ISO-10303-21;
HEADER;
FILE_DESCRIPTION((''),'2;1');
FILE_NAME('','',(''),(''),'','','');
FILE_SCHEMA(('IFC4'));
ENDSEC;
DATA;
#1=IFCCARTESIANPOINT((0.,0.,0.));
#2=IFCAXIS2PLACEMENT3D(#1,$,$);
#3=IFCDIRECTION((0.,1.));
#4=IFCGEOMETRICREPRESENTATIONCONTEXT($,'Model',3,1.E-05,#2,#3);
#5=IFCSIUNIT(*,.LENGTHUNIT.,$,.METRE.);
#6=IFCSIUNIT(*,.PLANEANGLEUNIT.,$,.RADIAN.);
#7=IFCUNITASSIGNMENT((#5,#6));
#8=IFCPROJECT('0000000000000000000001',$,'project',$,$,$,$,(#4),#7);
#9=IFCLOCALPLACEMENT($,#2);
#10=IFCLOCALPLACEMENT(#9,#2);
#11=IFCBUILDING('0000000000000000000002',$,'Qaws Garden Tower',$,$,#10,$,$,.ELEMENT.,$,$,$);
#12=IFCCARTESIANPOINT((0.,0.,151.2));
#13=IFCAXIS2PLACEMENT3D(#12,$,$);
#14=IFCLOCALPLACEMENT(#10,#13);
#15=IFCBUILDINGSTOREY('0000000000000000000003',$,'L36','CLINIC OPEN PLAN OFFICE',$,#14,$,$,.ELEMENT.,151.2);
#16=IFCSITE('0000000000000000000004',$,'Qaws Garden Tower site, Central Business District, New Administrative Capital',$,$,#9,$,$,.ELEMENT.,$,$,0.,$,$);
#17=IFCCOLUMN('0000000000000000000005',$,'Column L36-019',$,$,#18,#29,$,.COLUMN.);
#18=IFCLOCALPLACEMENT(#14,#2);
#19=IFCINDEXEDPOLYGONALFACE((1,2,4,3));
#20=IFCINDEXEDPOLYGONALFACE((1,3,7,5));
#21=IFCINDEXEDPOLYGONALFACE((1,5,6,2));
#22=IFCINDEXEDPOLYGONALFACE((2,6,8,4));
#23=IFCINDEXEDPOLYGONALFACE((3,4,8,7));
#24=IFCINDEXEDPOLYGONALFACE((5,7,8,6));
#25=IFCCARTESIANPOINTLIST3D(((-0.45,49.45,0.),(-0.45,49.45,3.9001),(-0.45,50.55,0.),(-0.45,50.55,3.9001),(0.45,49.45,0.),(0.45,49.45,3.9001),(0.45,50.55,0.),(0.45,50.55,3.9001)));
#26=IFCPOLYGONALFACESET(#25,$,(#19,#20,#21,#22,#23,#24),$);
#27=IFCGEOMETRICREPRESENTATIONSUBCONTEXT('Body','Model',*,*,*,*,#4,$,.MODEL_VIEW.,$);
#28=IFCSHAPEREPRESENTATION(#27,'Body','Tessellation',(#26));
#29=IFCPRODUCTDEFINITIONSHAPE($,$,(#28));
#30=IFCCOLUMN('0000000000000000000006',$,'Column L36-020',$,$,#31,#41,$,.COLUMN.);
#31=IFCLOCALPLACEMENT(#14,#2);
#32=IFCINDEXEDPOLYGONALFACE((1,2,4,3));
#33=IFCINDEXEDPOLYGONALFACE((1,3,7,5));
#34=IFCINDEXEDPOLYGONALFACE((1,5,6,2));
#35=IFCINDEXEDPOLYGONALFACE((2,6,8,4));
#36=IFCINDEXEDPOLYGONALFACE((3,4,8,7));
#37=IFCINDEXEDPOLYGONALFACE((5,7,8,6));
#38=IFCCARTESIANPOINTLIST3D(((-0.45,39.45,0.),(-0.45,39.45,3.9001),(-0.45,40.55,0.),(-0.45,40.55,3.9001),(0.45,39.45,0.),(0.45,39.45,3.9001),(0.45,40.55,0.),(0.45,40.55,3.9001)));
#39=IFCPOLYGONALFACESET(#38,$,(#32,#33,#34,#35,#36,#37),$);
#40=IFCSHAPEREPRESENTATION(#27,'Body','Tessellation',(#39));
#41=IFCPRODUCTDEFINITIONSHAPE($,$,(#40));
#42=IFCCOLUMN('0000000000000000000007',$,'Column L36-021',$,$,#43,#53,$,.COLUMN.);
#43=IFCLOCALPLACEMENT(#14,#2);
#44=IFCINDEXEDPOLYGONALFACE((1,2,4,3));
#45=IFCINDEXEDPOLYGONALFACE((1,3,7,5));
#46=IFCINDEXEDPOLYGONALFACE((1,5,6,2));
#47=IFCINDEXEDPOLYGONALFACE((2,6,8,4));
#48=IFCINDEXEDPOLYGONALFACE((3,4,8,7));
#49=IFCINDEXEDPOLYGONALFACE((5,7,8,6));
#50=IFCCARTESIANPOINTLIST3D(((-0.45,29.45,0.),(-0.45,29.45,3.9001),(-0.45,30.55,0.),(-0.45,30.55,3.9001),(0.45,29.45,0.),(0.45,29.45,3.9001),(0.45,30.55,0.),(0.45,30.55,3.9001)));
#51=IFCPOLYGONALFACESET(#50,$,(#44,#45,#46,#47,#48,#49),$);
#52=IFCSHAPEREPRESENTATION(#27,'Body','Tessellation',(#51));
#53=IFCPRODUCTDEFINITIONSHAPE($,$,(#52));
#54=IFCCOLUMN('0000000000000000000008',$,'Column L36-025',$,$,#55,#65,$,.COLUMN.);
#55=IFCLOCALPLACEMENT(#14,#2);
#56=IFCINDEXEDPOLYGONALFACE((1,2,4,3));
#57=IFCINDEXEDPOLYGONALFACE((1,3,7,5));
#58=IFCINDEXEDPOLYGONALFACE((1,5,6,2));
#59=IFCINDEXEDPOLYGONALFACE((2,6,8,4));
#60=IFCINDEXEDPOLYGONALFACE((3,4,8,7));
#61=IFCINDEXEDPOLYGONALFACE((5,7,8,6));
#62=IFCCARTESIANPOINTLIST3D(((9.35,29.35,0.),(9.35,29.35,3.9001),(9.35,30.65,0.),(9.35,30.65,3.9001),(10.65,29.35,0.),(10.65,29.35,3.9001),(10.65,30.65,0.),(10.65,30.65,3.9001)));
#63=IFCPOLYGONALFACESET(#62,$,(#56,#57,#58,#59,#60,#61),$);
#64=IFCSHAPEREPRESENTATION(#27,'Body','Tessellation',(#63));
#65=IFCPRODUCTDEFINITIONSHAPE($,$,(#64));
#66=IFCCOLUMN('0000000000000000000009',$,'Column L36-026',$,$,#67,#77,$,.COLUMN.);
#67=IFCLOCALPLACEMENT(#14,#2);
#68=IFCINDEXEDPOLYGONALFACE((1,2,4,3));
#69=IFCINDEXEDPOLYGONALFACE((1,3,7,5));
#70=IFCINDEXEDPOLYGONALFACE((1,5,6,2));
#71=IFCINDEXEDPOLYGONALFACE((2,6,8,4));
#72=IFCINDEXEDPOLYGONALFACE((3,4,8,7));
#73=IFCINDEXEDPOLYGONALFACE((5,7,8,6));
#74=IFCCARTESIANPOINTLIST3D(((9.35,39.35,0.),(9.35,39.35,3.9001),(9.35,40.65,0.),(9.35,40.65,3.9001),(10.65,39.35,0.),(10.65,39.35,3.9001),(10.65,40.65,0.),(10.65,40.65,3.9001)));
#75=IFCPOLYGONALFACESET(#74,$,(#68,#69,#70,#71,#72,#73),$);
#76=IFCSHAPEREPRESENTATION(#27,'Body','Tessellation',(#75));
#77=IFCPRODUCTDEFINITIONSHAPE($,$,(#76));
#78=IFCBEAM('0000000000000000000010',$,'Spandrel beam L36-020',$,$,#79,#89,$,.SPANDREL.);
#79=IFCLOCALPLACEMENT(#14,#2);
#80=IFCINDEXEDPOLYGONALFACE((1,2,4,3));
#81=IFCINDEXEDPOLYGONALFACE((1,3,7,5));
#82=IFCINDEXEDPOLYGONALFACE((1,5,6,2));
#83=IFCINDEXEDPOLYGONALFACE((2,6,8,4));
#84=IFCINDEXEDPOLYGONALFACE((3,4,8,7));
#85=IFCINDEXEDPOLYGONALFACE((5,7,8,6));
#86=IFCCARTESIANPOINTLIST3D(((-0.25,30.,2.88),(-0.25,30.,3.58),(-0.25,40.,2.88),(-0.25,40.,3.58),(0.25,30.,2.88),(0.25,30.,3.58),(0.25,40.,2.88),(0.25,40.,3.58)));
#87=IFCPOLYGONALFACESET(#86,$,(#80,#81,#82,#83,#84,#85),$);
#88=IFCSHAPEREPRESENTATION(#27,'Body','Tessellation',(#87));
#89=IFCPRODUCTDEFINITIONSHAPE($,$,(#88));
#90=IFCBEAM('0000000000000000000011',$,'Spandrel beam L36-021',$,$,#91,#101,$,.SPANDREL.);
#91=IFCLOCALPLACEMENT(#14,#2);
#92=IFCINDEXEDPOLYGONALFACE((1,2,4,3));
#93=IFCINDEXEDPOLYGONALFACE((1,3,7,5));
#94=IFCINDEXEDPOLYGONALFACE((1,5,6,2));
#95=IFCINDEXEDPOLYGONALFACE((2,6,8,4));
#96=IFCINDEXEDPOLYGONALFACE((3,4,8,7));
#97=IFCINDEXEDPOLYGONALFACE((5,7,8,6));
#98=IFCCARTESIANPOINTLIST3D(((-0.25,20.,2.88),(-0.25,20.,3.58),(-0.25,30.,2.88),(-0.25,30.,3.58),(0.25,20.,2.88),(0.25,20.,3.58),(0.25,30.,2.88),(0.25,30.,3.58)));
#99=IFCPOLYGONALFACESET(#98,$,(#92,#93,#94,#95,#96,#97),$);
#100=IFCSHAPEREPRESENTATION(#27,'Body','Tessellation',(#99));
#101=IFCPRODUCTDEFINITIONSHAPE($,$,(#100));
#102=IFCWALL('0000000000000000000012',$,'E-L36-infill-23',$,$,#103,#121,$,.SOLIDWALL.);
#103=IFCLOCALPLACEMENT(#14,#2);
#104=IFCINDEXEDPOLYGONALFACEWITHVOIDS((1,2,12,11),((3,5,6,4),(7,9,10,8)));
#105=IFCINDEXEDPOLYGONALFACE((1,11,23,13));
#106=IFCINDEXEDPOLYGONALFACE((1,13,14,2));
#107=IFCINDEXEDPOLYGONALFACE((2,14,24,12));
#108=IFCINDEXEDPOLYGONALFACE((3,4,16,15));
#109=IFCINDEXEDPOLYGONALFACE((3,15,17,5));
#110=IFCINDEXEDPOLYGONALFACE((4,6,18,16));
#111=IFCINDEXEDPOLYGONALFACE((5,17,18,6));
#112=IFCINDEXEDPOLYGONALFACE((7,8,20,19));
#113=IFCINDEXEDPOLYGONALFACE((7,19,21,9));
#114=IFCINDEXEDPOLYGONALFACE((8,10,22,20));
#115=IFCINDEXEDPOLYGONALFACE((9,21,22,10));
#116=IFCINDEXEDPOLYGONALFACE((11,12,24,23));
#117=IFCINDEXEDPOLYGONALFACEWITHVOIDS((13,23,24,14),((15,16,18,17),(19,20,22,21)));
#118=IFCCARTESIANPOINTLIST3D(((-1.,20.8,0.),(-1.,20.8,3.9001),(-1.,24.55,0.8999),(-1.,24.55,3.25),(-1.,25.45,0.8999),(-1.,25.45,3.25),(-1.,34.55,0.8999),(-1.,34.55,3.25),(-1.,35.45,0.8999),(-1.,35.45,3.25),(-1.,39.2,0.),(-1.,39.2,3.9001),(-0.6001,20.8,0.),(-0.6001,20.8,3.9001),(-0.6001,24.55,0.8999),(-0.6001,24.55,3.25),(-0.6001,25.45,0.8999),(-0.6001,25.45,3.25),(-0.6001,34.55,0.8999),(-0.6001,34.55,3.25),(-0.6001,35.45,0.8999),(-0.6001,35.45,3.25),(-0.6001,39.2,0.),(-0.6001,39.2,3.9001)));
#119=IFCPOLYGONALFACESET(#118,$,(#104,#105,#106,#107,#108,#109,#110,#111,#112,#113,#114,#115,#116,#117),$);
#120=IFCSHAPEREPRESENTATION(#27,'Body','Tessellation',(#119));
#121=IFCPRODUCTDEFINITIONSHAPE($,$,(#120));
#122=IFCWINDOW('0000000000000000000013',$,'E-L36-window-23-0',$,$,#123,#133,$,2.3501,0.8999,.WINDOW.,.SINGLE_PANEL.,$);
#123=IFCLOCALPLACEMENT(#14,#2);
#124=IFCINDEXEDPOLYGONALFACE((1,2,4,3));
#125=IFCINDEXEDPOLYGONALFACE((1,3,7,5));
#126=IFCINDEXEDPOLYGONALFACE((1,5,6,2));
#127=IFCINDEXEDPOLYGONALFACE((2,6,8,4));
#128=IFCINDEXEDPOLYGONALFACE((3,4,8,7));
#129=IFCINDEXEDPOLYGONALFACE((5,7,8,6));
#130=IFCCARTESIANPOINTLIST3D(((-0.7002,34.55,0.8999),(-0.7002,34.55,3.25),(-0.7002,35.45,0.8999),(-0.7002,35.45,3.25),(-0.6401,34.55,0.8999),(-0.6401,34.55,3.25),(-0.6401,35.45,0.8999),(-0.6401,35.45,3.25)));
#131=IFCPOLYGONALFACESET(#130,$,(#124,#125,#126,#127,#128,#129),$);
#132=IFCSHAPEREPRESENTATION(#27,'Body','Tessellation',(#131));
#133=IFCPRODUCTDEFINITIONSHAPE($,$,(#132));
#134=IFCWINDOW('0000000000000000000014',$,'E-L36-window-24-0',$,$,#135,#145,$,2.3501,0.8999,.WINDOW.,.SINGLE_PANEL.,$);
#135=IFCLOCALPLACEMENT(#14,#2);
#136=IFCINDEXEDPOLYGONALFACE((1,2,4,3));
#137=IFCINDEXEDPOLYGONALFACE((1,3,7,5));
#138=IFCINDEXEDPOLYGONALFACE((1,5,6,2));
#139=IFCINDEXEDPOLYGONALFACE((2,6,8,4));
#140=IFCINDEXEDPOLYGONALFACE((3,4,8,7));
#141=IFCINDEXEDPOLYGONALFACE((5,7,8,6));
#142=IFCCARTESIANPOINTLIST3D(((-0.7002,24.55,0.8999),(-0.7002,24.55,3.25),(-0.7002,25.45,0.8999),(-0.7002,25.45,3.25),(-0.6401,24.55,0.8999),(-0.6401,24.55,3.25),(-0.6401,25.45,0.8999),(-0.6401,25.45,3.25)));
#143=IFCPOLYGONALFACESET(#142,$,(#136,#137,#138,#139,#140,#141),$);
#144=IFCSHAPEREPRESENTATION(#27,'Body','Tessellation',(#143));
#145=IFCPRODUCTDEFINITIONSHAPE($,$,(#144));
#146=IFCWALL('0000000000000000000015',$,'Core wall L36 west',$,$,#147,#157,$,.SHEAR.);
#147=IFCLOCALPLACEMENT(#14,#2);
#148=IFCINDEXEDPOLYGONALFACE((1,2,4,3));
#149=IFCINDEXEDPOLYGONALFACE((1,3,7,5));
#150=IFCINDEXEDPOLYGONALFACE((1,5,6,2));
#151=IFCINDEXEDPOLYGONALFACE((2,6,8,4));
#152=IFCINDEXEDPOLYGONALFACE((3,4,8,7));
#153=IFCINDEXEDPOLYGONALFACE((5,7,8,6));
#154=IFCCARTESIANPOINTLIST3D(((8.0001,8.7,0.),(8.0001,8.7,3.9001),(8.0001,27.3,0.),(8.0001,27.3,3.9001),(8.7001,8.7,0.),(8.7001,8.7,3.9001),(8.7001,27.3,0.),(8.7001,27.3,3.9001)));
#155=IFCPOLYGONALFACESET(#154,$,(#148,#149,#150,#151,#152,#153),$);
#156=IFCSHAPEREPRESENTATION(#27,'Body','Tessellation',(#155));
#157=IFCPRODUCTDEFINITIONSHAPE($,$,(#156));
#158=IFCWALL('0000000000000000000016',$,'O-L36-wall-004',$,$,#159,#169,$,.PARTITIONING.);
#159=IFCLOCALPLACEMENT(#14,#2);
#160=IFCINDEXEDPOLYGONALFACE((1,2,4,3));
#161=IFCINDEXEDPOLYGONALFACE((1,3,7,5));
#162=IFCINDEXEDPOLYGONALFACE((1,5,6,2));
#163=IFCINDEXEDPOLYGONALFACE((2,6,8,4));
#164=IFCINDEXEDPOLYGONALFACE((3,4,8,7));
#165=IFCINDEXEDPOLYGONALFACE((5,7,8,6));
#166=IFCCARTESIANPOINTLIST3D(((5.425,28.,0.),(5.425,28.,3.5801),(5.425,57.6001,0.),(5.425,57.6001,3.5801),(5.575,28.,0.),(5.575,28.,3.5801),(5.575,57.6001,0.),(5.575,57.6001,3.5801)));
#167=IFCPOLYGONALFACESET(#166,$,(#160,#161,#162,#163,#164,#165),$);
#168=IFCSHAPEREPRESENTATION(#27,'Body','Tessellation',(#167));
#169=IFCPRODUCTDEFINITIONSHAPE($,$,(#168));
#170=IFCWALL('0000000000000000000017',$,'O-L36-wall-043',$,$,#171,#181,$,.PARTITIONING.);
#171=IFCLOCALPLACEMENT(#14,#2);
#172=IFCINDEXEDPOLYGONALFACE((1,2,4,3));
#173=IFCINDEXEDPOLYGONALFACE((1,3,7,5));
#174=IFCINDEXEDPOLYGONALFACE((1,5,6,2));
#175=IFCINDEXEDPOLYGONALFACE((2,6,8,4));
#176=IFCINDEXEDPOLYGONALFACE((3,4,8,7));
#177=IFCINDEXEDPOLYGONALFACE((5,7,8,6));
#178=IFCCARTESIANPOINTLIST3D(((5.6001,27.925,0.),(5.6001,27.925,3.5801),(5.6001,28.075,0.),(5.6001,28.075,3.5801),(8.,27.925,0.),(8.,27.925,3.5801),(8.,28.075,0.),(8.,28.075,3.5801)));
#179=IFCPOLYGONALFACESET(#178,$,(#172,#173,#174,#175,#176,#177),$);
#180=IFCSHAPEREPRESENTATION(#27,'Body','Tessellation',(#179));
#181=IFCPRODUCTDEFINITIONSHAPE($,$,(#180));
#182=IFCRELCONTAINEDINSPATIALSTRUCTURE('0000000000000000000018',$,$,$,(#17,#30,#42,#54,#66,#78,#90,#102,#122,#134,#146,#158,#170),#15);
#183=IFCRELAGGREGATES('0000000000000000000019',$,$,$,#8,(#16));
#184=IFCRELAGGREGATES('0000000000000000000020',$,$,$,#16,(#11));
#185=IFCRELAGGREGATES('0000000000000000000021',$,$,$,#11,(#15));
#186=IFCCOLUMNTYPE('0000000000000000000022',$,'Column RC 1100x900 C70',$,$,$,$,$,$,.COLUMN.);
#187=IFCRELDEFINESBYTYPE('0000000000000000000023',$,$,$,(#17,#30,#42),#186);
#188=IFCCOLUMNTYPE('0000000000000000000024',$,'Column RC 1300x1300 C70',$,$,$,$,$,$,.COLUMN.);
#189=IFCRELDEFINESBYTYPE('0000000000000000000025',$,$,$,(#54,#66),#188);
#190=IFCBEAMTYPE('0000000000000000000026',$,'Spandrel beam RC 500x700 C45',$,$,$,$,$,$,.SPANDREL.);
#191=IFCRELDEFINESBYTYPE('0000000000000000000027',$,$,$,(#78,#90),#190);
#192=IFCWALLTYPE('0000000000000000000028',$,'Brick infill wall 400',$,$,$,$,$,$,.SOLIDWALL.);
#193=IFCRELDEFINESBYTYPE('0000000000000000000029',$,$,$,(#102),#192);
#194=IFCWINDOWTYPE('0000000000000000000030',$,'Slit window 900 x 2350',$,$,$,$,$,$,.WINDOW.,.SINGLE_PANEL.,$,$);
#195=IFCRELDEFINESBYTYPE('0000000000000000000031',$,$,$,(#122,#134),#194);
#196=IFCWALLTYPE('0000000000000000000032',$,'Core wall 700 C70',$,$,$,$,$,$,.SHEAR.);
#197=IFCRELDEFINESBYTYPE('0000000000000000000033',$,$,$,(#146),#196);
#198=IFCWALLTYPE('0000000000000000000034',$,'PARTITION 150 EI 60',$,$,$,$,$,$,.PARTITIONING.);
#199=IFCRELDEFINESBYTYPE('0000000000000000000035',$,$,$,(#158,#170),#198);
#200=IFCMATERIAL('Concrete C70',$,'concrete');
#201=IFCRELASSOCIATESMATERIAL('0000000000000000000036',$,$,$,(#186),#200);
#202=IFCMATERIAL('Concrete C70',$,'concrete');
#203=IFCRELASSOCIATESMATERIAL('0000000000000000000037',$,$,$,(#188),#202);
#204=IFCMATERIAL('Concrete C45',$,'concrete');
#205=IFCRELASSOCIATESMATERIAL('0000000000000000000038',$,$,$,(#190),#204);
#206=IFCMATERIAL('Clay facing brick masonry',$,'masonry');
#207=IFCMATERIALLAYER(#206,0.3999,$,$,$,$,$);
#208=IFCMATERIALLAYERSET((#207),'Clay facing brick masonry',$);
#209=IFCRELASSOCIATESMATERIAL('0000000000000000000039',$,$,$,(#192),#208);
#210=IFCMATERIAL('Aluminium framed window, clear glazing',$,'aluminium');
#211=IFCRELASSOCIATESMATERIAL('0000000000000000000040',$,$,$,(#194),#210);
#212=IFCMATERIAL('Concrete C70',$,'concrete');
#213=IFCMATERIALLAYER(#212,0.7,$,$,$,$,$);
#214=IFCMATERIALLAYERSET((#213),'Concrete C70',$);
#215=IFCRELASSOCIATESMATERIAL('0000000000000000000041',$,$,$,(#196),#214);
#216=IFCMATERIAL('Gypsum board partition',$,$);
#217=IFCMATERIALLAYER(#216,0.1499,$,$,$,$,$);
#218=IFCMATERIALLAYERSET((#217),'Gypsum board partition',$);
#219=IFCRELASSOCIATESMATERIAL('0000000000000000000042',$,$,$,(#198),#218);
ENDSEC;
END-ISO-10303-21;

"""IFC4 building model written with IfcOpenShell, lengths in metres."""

from ifc_helpers import new_model, si_unit, direction, frame, frame_2d, origin, origin_2d, place, context, subcontext, project, spatial, rectangle, extrude, material, layer, layer_set, material_profile, profile_set, type_object, element, fill, save


model = new_model("IFC4")

# Units and contexts
model_context = context("Model", 3, precision=1e-05, world=origin(), true_north=direction((0.0, 1.0)))
body_context = subcontext(model_context, "Body", "Model", "MODEL_VIEW")
ifc_project = project(units=[si_unit("LENGTHUNIT", "METRE"), si_unit("PLANEANGLEUNIT", "RADIAN")], contexts=[model_context])

# Site, building, storey
site_placement = place(None, origin())
site = spatial("IfcSite", under=ifc_project, at=site_placement, Name="Qaws Garden Tower site, Central Business District, New Administrative Capital", CompositionType="ELEMENT", RefElevation=0.0)
building_placement = place(site_placement, origin())
building = spatial("IfcBuilding", under=site, at=building_placement, Name="Qaws Garden Tower", CompositionType="ELEMENT")
storey_placement = place(building_placement, frame((0.0, 0.0, 151.2)))
storey = spatial("IfcBuildingStorey", under=building, at=storey_placement, Name="L36", Description="CLINIC OPEN PLAN OFFICE", CompositionType="ELEMENT", Elevation=151.2)

# Columns
ifc_material_1 = material(Name="Concrete C70", Category="concrete")
ifc_material_profile_1 = material_profile(ifc_material_1, rectangle(XDim=1.1001, YDim=0.8999, at=origin_2d()), Name="RC 1100x900")
ifc_profile_set_1 = profile_set([ifc_material_profile_1], Name="Concrete C70")
column_type_1 = type_object("IfcColumnType", Name="Column RC 1100x900 C70", PredefinedType="COLUMN", material=ifc_profile_set_1)
for number, where, z_axis, x_axis, name in (
    (1, (0.0, 50.0, 0.0), (0.0, 0.0, 1.0), (0.0, 1.0, 0.0), "Column L36-019"),
    (2, (0.0, 40.0, 0.0), (0.0, 0.0, 1.0), (0.0, 1.0, 0.0), "Column L36-020"),
    (3, (0.0, 30.0, 0.0), (0.0, 0.0, 1.0), (0.0, 1.0, 0.0), "Column L36-021"),
):
    element("IfcColumn", number, at=place(storey_placement, frame(where, z_axis=z_axis, x_axis=x_axis)), inside=storey, type_object=column_type_1, Name=name, PredefinedType="COLUMN", context=body_context, shape_type="SweptSolid", body=[
        extrude(rectangle(XDim=1.1001, YDim=0.8999, at=origin_2d()), origin(), (0.0, 0.0, 1.0), 3.9001),
    ])
ifc_material_2 = material(Name="Concrete C70", Category="concrete")
ifc_material_profile_2 = material_profile(ifc_material_2, rectangle(XDim=1.3, YDim=1.3, at=origin_2d()), Name="RC 1300x1300")
ifc_profile_set_2 = profile_set([ifc_material_profile_2], Name="Concrete C70")
column_type_2 = type_object("IfcColumnType", Name="Column RC 1300x1300 C70", PredefinedType="COLUMN", material=ifc_profile_set_2)
for number, where, z_axis, x_axis, name in (
    (4, (10.0, 30.0, 0.0), (0.0, 0.0, 1.0), (1.0, 0.0, 0.0), "Column L36-025"),
    (5, (10.0, 40.0, 0.0), (0.0, 0.0, 1.0), (1.0, 0.0, 0.0), "Column L36-026"),
):
    element("IfcColumn", number, at=place(storey_placement, frame(where, z_axis=z_axis, x_axis=x_axis)), inside=storey, type_object=column_type_2, Name=name, PredefinedType="COLUMN", context=body_context, shape_type="SweptSolid", body=[
        extrude(rectangle(XDim=1.3, YDim=1.3, at=origin_2d()), origin(), (0.0, 0.0, 1.0), 3.9001),
    ])

# Beams
ifc_material_3 = material(Name="Concrete C45", Category="concrete")
ifc_material_profile_3 = material_profile(ifc_material_3, rectangle(XDim=0.5, YDim=0.7, at=origin_2d()), Name="RC 500x700")
ifc_profile_set_3 = profile_set([ifc_material_profile_3], Name="Concrete C45")
beam_type = type_object("IfcBeamType", Name="Spandrel beam RC 500x700 C45", PredefinedType="SPANDREL", material=ifc_profile_set_3)
for number, where, z_axis, x_axis, name in (
    (6, (0.0, 40.0, 3.23), (0.0, -1.0, 0.0), (1.0, 0.0, 0.0), "Spandrel beam L36-020"),
    (7, (0.0, 30.0, 3.23), (0.0, -1.0, 0.0), (1.0, 0.0, 0.0), "Spandrel beam L36-021"),
):
    element("IfcBeam", number, at=place(storey_placement, frame(where, z_axis=z_axis, x_axis=x_axis)), inside=storey, type_object=beam_type, Name=name, PredefinedType="SPANDREL", context=body_context, shape_type="SweptSolid", body=[
        extrude(rectangle(XDim=0.5, YDim=0.7, at=origin_2d()), origin(), (0.0, 0.0, 1.0), 10.0),
    ])

# Wall, openings, windows
ifc_material_4 = material(Name="Clay facing brick masonry", Category="masonry")
ifc_layer_1 = layer(ifc_material_4, 0.3999)
ifc_layer_set_1 = layer_set([ifc_layer_1], Name="Clay facing brick masonry")
wall_type_1 = type_object("IfcWallType", Name="Brick infill wall 400", PredefinedType="SOLIDWALL", material=ifc_layer_set_1)
wall_1_placement = place(storey_placement, frame((-0.8, 39.2, 0.0), z_axis=(0.0, 0.0, 1.0), x_axis=(0.0, -1.0, 0.0)))
wall_1 = element("IfcWall", 8, at=wall_1_placement, inside=storey, type_object=wall_type_1, Name="E-L36-infill-23", PredefinedType="SOLIDWALL", context=body_context, shape_type="SweptSolid", body=[
    extrude(rectangle(XDim=18.3999, YDim=0.3999, at=frame_2d((9.2, 0.0))), origin(), (0.0, 0.0, 1.0), 3.9001),
])
opening_1_placement = place(wall_1_placement, frame((3.75, 0.0, 0.8999)))
opening_1 = element("IfcOpeningElement", 9, at=opening_1_placement, cuts=wall_1, PredefinedType="OPENING", context=body_context, shape_type="SweptSolid", body=[
    extrude(rectangle(XDim=0.8999, YDim=2.3501, at=frame_2d((0.45, 1.175))), frame((0.0, 0.21, 0.0), z_axis=(0.0, -1.0, 0.0), x_axis=(1.0, 0.0, 0.0)), (0.0, 0.0, 1.0), 0.4199),
])
opening_2_placement = place(wall_1_placement, frame((13.75, 0.0, 0.8999)))
opening_2 = element("IfcOpeningElement", 10, at=opening_2_placement, cuts=wall_1, PredefinedType="OPENING", context=body_context, shape_type="SweptSolid", body=[
    extrude(rectangle(XDim=0.8999, YDim=2.3501, at=frame_2d((0.45, 1.175))), frame((0.0, 0.21, 0.0), z_axis=(0.0, -1.0, 0.0), x_axis=(1.0, 0.0, 0.0)), (0.0, 0.0, 1.0), 0.4199),
])
ifc_material_5 = material(Name="Aluminium framed window, clear glazing", Category="aluminium")
window_type = type_object("IfcWindowType", Name="Slit window 900 x 2350", PartitioningType="SINGLE_PANEL", PredefinedType="WINDOW", material=ifc_material_5)
window_1_placement = place(opening_1_placement, origin())
window_1 = element("IfcWindow", 11, at=window_1_placement, inside=storey, type_object=window_type, Name="E-L36-window-23-0", OverallHeight=2.3501, OverallWidth=0.8999, PartitioningType="SINGLE_PANEL", PredefinedType="WINDOW", context=body_context, shape_type="SweptSolid", body=[
    extrude(rectangle(XDim=0.8999, YDim=2.3501, at=frame_2d((0.45, 1.175))), frame((0.0, 0.1599, 0.0), z_axis=(0.0, -1.0, 0.0), x_axis=(1.0, 0.0, 0.0)), (0.0, 0.0, 1.0), 0.0601),
])
fill(opening_1, window_1)
window_2_placement = place(opening_2_placement, origin())
window_2 = element("IfcWindow", 12, at=window_2_placement, inside=storey, type_object=window_type, Name="E-L36-window-24-0", OverallHeight=2.3501, OverallWidth=0.8999, PartitioningType="SINGLE_PANEL", PredefinedType="WINDOW", context=body_context, shape_type="SweptSolid", body=[
    extrude(rectangle(XDim=0.8999, YDim=2.3501, at=frame_2d((0.45, 1.175))), frame((0.0, 0.1599, 0.0), z_axis=(0.0, -1.0, 0.0), x_axis=(1.0, 0.0, 0.0)), (0.0, 0.0, 1.0), 0.0601),
])
fill(opening_2, window_2)

# Walls
ifc_material_6 = material(Name="Concrete C70", Category="concrete")
ifc_layer_2 = layer(ifc_material_6, 0.7)
ifc_layer_set_2 = layer_set([ifc_layer_2], Name="Concrete C70")
wall_type_2 = type_object("IfcWallType", Name="Core wall 700 C70", PredefinedType="SHEAR", material=ifc_layer_set_2)
wall_2_placement = place(storey_placement, frame((8.3501, 27.3, 0.0), z_axis=(0.0, 0.0, 1.0), x_axis=(0.0, -1.0, 0.0)))
element("IfcWall", 13, at=wall_2_placement, inside=storey, type_object=wall_type_2, Name="Core wall L36 west", PredefinedType="SHEAR", context=body_context, shape_type="SweptSolid", body=[
    extrude(rectangle(XDim=18.6001, YDim=0.7, at=frame_2d((9.3, 0.0))), origin(), (0.0, 0.0, 1.0), 3.9001),
])
ifc_material_7 = material(Name="Gypsum board partition")
ifc_layer_3 = layer(ifc_material_7, 0.1499)
ifc_layer_set_3 = layer_set([ifc_layer_3], Name="Gypsum board partition")
wall_type_3 = type_object("IfcWallType", Name="PARTITION 150 EI 60", PredefinedType="PARTITIONING", material=ifc_layer_set_3)
wall_3_placement = place(storey_placement, frame((5.5, 28.0, 0.0), z_axis=(0.0, 0.0, 1.0), x_axis=(0.0, 1.0, 0.0)))
element("IfcWall", 14, at=wall_3_placement, inside=storey, type_object=wall_type_3, Name="O-L36-wall-004", PredefinedType="PARTITIONING", context=body_context, shape_type="SweptSolid", body=[
    extrude(rectangle(XDim=29.6001, YDim=0.1499, at=frame_2d((14.8, 0.0))), origin(), (0.0, 0.0, 1.0), 3.5801),
])
wall_4_placement = place(storey_placement, frame((5.6001, 28.0, 0.0), z_axis=(0.0, 0.0, 1.0), x_axis=(1.0, 0.0, 0.0)))
element("IfcWall", 15, at=wall_4_placement, inside=storey, type_object=wall_type_3, Name="O-L36-wall-043", PredefinedType="PARTITIONING", context=body_context, shape_type="SweptSolid", body=[
    extrude(rectangle(XDim=2.3999, YDim=0.1499, at=frame_2d((1.2, 0.0))), origin(), (0.0, 0.0, 1.0), 3.5801),
])

save(model, "model.ifc")
